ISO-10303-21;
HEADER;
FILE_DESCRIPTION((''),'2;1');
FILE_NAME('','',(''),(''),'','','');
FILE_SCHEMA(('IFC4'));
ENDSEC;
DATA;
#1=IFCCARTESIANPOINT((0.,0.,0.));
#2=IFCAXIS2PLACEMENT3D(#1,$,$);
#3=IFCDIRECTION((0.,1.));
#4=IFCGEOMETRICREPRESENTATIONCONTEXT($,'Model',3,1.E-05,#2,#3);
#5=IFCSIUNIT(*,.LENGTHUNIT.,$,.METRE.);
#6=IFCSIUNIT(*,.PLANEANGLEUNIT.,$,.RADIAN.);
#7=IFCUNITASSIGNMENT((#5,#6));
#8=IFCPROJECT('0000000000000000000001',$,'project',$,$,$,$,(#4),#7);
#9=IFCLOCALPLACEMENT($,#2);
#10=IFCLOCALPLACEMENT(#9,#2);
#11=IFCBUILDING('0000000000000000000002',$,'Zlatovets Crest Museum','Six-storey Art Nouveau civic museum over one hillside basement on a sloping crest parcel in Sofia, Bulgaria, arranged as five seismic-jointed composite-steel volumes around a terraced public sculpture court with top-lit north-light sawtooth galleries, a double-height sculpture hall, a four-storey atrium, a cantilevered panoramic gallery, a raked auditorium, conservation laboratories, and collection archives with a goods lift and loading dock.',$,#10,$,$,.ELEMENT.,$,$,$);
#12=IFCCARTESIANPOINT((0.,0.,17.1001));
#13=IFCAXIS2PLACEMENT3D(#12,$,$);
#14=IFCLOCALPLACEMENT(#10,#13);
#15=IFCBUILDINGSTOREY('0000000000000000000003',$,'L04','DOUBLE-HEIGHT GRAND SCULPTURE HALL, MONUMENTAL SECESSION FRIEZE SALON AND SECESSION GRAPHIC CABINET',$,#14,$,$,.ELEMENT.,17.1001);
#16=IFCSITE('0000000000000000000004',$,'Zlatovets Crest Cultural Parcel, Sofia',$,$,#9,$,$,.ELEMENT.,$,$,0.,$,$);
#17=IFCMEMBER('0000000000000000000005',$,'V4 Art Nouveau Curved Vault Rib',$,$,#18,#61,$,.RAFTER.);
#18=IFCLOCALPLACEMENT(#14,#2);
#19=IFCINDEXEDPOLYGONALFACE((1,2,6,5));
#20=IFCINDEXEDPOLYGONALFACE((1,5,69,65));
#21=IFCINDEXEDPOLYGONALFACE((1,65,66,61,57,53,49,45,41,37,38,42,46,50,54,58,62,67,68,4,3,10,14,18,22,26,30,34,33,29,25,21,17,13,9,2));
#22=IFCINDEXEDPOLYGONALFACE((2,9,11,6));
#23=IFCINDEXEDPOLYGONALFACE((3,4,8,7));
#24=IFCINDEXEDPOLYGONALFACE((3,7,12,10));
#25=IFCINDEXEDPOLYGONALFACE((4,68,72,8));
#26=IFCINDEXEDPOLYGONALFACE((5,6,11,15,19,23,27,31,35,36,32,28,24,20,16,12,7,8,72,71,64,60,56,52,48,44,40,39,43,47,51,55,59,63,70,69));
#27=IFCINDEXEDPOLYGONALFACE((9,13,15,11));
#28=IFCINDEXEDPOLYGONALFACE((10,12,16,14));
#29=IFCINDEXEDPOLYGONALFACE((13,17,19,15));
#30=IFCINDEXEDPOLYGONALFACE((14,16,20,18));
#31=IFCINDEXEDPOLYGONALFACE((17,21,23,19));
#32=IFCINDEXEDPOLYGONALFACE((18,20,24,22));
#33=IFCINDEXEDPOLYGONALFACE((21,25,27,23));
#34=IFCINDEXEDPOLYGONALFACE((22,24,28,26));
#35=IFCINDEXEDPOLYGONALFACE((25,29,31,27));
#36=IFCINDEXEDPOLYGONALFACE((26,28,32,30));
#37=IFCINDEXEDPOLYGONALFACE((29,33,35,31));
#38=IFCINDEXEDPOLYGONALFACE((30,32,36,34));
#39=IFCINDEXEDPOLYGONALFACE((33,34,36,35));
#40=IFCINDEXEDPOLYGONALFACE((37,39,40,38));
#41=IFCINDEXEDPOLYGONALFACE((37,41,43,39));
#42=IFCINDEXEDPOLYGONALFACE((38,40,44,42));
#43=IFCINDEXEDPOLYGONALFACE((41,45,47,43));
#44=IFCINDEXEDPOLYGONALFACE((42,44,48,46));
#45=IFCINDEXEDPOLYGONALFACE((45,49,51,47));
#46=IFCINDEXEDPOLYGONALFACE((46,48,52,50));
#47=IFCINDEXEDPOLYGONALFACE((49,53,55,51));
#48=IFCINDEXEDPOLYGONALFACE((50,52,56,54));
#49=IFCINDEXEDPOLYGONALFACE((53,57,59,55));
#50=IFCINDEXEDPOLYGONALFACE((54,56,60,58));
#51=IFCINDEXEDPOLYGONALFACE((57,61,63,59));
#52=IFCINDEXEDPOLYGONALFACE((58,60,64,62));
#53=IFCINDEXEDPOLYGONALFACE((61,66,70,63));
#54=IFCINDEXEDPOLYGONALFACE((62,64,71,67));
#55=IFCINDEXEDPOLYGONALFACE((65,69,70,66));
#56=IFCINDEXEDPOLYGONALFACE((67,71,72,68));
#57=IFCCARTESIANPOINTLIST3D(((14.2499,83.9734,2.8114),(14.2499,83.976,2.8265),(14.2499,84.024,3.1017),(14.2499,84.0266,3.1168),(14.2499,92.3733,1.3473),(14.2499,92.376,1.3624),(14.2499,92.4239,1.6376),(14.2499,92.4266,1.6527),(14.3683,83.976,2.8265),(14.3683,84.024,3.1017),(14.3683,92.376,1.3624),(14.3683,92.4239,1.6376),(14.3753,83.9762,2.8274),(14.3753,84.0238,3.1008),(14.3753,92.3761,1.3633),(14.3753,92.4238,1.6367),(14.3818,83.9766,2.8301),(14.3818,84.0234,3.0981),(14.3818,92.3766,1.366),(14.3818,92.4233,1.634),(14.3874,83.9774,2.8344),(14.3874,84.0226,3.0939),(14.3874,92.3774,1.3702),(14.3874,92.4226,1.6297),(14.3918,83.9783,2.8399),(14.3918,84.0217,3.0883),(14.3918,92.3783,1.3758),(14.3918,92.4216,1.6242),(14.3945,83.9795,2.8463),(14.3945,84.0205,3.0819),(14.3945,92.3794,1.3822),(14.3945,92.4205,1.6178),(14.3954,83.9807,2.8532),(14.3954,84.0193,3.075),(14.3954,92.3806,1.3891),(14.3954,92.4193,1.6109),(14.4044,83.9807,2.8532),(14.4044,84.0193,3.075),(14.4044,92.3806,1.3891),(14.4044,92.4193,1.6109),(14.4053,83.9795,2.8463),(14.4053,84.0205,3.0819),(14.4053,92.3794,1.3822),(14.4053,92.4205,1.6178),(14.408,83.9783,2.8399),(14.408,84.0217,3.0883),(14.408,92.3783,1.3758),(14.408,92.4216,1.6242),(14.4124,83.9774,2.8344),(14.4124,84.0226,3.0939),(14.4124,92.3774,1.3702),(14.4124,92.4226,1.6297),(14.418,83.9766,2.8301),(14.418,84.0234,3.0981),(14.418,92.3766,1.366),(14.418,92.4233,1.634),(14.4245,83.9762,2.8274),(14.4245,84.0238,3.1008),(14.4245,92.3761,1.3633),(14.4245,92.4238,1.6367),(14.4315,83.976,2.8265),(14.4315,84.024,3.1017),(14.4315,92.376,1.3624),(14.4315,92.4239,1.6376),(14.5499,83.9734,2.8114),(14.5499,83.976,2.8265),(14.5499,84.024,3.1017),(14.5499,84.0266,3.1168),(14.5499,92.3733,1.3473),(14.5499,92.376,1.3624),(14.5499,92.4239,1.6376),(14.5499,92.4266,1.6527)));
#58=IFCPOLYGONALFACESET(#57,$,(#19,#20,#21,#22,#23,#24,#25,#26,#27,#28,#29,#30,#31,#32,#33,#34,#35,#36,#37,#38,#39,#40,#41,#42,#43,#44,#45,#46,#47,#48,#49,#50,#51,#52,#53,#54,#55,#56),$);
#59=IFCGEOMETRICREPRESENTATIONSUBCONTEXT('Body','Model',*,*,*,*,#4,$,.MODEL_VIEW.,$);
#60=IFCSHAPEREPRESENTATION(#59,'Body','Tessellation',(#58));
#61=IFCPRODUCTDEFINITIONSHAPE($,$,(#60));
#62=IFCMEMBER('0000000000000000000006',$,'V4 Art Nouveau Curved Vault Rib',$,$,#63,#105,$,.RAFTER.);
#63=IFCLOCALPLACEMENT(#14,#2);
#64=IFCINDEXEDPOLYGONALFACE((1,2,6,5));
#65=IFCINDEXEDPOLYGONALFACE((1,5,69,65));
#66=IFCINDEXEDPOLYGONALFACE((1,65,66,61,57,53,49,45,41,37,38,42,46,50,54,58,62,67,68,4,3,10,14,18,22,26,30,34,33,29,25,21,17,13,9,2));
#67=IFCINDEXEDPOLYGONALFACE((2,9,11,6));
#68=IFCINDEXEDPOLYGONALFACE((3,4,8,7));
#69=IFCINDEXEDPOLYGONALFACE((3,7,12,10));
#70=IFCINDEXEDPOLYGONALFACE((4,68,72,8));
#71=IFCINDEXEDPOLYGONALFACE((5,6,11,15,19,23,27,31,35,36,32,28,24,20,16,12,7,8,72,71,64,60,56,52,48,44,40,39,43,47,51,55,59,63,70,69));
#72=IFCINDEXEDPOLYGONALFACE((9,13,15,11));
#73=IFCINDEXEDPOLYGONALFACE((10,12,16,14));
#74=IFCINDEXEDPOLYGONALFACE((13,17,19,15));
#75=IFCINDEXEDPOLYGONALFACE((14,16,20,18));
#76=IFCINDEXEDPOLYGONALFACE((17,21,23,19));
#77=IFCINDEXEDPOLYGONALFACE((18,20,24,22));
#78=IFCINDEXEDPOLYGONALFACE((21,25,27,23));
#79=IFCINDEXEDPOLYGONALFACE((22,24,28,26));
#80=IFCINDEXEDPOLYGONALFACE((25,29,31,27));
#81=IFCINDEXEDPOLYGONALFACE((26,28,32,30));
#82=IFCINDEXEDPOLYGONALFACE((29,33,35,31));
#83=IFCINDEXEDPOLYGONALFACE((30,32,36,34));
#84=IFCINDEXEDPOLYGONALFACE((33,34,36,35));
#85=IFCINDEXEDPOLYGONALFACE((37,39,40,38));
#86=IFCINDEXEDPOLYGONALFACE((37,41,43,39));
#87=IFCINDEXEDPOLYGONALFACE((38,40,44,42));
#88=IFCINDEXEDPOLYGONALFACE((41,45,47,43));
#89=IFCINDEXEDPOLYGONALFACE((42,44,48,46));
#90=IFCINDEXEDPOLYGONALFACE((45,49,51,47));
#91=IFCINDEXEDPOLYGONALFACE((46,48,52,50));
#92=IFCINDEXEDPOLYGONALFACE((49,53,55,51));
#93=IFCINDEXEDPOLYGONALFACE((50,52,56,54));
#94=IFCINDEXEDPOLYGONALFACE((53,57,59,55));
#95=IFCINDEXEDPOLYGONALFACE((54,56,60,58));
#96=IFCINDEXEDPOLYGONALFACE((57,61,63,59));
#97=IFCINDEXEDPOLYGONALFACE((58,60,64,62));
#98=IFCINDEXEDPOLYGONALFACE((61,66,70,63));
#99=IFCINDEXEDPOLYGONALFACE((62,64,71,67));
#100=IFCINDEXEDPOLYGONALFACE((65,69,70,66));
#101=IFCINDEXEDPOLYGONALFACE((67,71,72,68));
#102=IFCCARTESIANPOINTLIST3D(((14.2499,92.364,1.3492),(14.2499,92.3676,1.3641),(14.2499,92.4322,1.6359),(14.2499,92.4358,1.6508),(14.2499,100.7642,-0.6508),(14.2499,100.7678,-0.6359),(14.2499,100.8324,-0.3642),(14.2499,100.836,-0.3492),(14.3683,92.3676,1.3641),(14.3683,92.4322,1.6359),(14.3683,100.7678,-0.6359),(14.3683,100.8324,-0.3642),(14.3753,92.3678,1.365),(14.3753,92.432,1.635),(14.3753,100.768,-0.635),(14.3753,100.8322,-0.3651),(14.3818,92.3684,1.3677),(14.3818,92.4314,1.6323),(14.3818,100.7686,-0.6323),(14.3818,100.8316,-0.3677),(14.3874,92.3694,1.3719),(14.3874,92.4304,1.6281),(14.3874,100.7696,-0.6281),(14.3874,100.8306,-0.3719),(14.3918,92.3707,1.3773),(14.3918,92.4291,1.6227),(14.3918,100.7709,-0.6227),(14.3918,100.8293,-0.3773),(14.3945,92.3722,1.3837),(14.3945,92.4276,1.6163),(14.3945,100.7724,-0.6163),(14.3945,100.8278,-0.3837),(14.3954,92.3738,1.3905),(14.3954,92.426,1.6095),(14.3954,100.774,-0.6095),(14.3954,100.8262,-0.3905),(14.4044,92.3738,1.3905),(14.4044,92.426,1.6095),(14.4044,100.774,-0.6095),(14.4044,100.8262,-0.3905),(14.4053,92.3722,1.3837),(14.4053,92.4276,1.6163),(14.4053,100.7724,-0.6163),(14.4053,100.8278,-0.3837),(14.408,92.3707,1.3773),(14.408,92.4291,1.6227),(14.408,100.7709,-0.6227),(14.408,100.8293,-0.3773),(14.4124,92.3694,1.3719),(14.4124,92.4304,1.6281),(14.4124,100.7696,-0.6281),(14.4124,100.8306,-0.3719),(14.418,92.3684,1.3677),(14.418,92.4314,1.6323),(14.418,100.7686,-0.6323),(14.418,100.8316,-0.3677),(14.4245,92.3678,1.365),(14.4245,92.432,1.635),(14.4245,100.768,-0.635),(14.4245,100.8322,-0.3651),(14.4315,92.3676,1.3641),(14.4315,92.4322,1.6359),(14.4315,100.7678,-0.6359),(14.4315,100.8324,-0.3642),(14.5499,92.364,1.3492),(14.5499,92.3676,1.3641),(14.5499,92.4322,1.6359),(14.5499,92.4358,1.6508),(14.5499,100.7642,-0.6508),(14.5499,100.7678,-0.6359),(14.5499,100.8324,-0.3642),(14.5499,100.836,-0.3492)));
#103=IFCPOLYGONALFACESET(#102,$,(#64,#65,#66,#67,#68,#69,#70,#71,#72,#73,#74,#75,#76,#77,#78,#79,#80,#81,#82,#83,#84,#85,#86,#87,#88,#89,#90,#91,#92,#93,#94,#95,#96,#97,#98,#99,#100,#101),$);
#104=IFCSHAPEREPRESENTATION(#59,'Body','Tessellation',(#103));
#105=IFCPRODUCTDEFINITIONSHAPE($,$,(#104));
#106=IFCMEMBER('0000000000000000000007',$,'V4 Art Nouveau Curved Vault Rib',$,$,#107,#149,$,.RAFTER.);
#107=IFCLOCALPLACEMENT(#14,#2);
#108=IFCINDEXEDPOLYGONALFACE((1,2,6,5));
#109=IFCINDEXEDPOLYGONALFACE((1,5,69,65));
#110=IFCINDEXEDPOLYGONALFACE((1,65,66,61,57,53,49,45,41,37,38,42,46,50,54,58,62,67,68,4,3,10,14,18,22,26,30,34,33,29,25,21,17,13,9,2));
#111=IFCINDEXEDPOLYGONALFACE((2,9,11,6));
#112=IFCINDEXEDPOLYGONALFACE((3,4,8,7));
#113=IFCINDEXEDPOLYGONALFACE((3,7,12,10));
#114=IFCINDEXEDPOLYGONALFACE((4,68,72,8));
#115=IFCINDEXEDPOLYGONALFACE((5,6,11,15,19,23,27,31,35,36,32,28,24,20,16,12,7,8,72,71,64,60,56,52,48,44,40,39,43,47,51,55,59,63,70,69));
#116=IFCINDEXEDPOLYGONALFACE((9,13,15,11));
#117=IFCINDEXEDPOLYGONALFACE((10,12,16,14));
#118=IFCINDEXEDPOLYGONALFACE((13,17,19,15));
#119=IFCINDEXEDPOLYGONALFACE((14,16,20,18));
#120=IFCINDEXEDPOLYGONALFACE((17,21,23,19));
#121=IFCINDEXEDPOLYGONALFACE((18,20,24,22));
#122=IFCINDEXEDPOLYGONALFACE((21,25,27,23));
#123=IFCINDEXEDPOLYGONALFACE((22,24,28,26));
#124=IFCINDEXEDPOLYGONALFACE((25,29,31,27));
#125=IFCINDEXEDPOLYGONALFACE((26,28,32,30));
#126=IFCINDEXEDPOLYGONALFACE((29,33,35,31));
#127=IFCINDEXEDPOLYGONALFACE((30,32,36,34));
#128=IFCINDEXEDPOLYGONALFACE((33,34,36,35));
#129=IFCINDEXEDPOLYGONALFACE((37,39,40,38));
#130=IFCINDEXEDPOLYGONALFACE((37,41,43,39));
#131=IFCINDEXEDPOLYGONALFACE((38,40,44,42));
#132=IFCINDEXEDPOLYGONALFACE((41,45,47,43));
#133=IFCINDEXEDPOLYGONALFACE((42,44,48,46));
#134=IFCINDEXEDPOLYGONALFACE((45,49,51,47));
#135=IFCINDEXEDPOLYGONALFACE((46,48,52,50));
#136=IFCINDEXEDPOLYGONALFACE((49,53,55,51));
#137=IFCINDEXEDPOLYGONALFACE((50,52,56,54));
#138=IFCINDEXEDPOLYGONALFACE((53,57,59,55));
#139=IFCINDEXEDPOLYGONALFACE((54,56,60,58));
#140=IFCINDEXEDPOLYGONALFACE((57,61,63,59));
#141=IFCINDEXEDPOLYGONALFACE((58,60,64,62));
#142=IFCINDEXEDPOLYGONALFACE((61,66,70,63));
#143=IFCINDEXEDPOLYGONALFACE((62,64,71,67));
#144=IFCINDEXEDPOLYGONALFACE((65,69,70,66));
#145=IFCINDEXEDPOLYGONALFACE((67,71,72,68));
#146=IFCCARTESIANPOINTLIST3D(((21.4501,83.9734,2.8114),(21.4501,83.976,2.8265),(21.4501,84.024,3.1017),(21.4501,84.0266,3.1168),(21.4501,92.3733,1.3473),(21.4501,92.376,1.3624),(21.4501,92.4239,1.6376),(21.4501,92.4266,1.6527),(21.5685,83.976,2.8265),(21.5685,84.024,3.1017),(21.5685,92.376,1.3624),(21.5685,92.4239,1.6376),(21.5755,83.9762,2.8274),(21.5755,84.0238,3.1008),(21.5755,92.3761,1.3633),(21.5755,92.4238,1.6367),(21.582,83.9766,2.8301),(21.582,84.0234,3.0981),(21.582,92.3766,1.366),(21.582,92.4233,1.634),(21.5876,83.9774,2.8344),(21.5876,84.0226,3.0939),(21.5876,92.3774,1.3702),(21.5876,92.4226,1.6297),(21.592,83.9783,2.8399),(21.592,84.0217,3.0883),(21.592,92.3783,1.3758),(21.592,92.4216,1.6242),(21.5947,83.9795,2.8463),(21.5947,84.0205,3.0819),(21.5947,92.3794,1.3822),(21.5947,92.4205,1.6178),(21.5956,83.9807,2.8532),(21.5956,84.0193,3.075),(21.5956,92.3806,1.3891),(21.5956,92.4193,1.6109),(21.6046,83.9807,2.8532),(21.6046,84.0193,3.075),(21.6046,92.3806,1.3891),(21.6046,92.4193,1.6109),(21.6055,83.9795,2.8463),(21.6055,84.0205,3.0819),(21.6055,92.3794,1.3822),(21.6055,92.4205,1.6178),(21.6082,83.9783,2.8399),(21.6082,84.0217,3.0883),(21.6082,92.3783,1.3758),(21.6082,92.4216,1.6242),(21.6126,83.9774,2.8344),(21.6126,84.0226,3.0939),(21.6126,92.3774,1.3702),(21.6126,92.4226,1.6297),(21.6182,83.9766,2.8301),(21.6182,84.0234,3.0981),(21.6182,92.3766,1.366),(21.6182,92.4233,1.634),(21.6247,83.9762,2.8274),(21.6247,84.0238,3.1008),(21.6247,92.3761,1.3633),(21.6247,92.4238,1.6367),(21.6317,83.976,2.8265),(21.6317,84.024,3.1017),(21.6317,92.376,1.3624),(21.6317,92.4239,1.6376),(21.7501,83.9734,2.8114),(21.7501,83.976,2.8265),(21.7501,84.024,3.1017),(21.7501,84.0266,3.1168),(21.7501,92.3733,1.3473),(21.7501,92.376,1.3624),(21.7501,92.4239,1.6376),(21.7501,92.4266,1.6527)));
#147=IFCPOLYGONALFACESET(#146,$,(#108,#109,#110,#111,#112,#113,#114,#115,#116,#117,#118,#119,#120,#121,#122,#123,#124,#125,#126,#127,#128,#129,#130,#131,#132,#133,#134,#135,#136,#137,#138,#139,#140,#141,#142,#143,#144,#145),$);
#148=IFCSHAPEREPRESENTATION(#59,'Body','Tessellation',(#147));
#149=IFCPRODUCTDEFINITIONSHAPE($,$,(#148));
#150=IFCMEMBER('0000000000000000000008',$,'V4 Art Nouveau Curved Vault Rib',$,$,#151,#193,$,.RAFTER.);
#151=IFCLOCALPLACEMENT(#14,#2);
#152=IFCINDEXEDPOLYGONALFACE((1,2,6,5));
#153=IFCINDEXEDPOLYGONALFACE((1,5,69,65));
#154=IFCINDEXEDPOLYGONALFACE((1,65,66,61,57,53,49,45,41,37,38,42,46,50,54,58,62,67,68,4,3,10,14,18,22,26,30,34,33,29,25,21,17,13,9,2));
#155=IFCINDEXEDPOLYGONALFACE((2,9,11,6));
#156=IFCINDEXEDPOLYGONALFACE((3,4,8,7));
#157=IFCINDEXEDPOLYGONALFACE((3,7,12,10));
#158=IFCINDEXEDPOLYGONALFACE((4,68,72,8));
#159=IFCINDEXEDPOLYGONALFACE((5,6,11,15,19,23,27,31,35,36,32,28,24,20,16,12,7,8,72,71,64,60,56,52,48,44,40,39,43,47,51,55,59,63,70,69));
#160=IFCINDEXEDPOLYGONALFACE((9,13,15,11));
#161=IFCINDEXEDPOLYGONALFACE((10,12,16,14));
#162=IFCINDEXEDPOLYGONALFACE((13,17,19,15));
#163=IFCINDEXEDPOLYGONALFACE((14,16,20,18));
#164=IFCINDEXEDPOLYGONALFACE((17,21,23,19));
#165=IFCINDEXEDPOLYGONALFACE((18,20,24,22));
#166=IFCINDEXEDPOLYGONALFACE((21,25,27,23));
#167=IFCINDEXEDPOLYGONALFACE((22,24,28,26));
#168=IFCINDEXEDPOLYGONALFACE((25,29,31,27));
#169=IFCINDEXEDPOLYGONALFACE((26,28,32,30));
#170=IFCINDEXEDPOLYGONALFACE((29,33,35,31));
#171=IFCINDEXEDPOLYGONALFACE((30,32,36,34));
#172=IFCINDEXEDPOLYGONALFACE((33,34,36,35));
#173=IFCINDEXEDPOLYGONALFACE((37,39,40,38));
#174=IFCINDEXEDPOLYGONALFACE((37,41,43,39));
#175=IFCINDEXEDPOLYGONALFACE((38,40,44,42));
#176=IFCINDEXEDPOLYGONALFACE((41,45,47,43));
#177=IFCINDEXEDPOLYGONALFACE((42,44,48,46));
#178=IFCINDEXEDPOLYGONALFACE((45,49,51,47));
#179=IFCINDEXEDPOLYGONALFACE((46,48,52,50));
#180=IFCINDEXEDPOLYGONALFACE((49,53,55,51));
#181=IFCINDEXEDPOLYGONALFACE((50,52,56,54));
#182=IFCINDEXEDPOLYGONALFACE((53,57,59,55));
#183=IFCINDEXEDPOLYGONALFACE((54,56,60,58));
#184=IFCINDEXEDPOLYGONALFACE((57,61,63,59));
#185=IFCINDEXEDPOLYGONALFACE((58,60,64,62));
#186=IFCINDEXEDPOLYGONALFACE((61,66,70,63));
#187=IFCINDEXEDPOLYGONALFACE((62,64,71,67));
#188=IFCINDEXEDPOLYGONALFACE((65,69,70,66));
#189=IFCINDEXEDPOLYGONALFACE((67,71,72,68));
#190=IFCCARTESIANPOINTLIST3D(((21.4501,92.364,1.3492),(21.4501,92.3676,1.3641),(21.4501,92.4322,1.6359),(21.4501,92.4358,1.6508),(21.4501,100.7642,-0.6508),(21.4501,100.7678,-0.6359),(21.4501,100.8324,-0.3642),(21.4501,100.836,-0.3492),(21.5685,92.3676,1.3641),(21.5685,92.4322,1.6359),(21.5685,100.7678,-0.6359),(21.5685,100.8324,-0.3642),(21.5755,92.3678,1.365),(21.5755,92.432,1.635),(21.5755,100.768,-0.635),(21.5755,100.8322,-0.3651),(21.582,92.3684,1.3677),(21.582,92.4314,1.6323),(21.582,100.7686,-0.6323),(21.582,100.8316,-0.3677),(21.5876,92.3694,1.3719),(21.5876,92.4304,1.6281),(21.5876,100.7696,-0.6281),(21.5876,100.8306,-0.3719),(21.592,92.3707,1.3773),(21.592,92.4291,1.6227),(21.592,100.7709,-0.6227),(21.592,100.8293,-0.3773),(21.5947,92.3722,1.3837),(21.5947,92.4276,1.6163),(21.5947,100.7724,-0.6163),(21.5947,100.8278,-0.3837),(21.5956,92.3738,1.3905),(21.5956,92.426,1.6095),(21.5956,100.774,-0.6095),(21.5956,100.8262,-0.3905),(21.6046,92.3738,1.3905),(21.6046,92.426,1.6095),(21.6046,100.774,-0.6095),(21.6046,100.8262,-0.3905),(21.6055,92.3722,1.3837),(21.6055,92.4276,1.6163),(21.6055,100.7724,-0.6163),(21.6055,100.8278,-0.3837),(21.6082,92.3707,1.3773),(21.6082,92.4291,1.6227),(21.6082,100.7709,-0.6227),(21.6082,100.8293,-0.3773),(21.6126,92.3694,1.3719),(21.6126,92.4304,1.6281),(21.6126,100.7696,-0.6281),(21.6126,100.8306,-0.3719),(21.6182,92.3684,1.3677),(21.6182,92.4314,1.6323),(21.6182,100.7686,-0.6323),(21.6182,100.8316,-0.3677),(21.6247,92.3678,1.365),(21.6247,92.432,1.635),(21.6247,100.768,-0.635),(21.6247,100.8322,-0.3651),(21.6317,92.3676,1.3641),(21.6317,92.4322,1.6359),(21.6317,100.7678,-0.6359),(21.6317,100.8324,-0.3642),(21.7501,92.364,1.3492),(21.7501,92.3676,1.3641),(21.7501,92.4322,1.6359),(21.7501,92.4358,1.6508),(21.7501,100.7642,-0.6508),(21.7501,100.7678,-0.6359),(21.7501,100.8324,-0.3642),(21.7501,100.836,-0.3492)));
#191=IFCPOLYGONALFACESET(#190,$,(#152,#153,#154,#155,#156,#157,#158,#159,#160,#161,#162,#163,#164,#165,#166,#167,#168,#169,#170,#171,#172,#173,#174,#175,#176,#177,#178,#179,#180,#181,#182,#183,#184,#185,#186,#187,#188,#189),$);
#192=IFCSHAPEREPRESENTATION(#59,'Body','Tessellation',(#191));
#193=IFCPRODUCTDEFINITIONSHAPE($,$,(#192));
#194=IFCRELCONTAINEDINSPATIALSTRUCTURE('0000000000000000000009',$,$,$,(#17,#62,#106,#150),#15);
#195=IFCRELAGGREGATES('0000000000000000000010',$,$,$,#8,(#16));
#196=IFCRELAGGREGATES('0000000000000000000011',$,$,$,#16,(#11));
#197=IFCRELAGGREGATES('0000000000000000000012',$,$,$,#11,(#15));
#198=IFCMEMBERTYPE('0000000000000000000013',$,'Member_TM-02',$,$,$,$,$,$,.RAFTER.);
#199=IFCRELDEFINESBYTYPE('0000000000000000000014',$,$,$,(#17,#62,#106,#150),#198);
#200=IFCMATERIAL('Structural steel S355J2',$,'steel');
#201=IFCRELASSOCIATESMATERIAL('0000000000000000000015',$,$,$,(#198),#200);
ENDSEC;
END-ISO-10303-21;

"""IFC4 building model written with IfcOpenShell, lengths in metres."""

from ifc_helpers import new_model, si_unit, direction, frame, origin, origin_2d, place, context, subcontext, project, spatial, i_section, extrude, material, material_profile, profile_set, type_object, element, save


model = new_model("IFC4")

# Units and contexts
model_context = context("Model", 3, precision=1e-05, world=origin(), true_north=direction((0.0, 1.0)))
body_context = subcontext(model_context, "Body", "Model", "MODEL_VIEW")
ifc_project = project(units=[si_unit("LENGTHUNIT", "METRE"), si_unit("PLANEANGLEUNIT", "RADIAN")], contexts=[model_context])

# Site, building, storey
site_placement = place(None, origin())
site = spatial("IfcSite", under=ifc_project, at=site_placement, Name="Zlatovets Crest Cultural Parcel, Sofia", CompositionType="ELEMENT", RefElevation=0.0)
building_placement = place(site_placement, origin())
building = spatial("IfcBuilding", under=site, at=building_placement, Name="Zlatovets Crest Museum", Description="Six-storey Art Nouveau civic museum over one hillside basement on a sloping crest parcel in Sofia, Bulgaria, arranged as five seismic-jointed composite-steel volumes around a terraced public sculpture court with top-lit north-light sawtooth galleries, a double-height sculpture hall, a four-storey atrium, a cantilevered panoramic gallery, a raked auditorium, conservation laboratories, and collection archives with a goods lift and loading dock.", CompositionType="ELEMENT")
storey_placement = place(building_placement, frame((0.0, 0.0, 17.1001)))
storey = spatial("IfcBuildingStorey", under=building, at=storey_placement, Name="L04", Description="DOUBLE-HEIGHT GRAND SCULPTURE HALL, MONUMENTAL SECESSION FRIEZE SALON AND SECESSION GRAPHIC CABINET", CompositionType="ELEMENT", Elevation=17.1001)

# Shared definitions
ifc_material_1 = material(Name="Structural steel S355J2", Category="steel")

# Members
ifc_material_profile_1 = material_profile(ifc_material_1, i_section(OverallWidth=0.3, OverallDepth=0.3101, WebThickness=0.009, FlangeThickness=0.0154, FilletRadius=0.0271, at=origin_2d()), Name="HEA 320")
ifc_profile_set_1 = profile_set([ifc_material_profile_1], Name="Structural steel S355J2")
member_type_1 = type_object("IfcMemberType", Name="Member_TM-02", PredefinedType="RAFTER", material=ifc_profile_set_1)
member_1_placement = place(storey_placement, frame((14.3999, 84.0, 2.9641), z_axis=(0.0, 0.985147, -0.171712), x_axis=(-1.0, 0.0, 0.0)))
element("IfcMember", 1, at=member_1_placement, inside=storey, type_object=member_type_1, Name="V4 Art Nouveau Curved Vault Rib", PredefinedType="RAFTER", context=body_context, shape_type="SweptSolid", body=[
    extrude(i_section(OverallWidth=0.3, OverallDepth=0.3101, WebThickness=0.009, FlangeThickness=0.0154, FilletRadius=0.0271, at=origin_2d()), origin(), (0.0, 0.0, 1.0), 8.5266),
])
member_2_placement = place(storey_placement, frame((14.3999, 92.3999, 1.5), z_axis=(0.0, 0.972807, -0.231617), x_axis=(-1.0, 0.0, 0.0)))
element("IfcMember", 2, at=member_2_placement, inside=storey, type_object=member_type_1, Name="V4 Art Nouveau Curved Vault Rib", PredefinedType="RAFTER", context=body_context, shape_type="SweptSolid", body=[
    extrude(i_section(OverallWidth=0.3, OverallDepth=0.3101, WebThickness=0.009, FlangeThickness=0.0154, FilletRadius=0.0271, at=origin_2d()), origin(), (0.0, 0.0, 1.0), 8.635),
])
member_3_placement = place(storey_placement, frame((21.6001, 84.0, 2.9641), z_axis=(0.0, 0.985147, -0.171712), x_axis=(-1.0, 0.0, 0.0)))
element("IfcMember", 3, at=member_3_placement, inside=storey, type_object=member_type_1, Name="V4 Art Nouveau Curved Vault Rib", PredefinedType="RAFTER", context=body_context, shape_type="SweptSolid", body=[
    extrude(i_section(OverallWidth=0.3, OverallDepth=0.3101, WebThickness=0.009, FlangeThickness=0.0154, FilletRadius=0.0271, at=origin_2d()), origin(), (0.0, 0.0, 1.0), 8.5266),
])
member_4_placement = place(storey_placement, frame((21.6001, 92.3999, 1.5), z_axis=(0.0, 0.972807, -0.231617), x_axis=(-1.0, 0.0, 0.0)))
element("IfcMember", 4, at=member_4_placement, inside=storey, type_object=member_type_1, Name="V4 Art Nouveau Curved Vault Rib", PredefinedType="RAFTER", context=body_context, shape_type="SweptSolid", body=[
    extrude(i_section(OverallWidth=0.3, OverallDepth=0.3101, WebThickness=0.009, FlangeThickness=0.0154, FilletRadius=0.0271, at=origin_2d()), origin(), (0.0, 0.0, 1.0), 8.635),
])

save(model, "model.ifc")
